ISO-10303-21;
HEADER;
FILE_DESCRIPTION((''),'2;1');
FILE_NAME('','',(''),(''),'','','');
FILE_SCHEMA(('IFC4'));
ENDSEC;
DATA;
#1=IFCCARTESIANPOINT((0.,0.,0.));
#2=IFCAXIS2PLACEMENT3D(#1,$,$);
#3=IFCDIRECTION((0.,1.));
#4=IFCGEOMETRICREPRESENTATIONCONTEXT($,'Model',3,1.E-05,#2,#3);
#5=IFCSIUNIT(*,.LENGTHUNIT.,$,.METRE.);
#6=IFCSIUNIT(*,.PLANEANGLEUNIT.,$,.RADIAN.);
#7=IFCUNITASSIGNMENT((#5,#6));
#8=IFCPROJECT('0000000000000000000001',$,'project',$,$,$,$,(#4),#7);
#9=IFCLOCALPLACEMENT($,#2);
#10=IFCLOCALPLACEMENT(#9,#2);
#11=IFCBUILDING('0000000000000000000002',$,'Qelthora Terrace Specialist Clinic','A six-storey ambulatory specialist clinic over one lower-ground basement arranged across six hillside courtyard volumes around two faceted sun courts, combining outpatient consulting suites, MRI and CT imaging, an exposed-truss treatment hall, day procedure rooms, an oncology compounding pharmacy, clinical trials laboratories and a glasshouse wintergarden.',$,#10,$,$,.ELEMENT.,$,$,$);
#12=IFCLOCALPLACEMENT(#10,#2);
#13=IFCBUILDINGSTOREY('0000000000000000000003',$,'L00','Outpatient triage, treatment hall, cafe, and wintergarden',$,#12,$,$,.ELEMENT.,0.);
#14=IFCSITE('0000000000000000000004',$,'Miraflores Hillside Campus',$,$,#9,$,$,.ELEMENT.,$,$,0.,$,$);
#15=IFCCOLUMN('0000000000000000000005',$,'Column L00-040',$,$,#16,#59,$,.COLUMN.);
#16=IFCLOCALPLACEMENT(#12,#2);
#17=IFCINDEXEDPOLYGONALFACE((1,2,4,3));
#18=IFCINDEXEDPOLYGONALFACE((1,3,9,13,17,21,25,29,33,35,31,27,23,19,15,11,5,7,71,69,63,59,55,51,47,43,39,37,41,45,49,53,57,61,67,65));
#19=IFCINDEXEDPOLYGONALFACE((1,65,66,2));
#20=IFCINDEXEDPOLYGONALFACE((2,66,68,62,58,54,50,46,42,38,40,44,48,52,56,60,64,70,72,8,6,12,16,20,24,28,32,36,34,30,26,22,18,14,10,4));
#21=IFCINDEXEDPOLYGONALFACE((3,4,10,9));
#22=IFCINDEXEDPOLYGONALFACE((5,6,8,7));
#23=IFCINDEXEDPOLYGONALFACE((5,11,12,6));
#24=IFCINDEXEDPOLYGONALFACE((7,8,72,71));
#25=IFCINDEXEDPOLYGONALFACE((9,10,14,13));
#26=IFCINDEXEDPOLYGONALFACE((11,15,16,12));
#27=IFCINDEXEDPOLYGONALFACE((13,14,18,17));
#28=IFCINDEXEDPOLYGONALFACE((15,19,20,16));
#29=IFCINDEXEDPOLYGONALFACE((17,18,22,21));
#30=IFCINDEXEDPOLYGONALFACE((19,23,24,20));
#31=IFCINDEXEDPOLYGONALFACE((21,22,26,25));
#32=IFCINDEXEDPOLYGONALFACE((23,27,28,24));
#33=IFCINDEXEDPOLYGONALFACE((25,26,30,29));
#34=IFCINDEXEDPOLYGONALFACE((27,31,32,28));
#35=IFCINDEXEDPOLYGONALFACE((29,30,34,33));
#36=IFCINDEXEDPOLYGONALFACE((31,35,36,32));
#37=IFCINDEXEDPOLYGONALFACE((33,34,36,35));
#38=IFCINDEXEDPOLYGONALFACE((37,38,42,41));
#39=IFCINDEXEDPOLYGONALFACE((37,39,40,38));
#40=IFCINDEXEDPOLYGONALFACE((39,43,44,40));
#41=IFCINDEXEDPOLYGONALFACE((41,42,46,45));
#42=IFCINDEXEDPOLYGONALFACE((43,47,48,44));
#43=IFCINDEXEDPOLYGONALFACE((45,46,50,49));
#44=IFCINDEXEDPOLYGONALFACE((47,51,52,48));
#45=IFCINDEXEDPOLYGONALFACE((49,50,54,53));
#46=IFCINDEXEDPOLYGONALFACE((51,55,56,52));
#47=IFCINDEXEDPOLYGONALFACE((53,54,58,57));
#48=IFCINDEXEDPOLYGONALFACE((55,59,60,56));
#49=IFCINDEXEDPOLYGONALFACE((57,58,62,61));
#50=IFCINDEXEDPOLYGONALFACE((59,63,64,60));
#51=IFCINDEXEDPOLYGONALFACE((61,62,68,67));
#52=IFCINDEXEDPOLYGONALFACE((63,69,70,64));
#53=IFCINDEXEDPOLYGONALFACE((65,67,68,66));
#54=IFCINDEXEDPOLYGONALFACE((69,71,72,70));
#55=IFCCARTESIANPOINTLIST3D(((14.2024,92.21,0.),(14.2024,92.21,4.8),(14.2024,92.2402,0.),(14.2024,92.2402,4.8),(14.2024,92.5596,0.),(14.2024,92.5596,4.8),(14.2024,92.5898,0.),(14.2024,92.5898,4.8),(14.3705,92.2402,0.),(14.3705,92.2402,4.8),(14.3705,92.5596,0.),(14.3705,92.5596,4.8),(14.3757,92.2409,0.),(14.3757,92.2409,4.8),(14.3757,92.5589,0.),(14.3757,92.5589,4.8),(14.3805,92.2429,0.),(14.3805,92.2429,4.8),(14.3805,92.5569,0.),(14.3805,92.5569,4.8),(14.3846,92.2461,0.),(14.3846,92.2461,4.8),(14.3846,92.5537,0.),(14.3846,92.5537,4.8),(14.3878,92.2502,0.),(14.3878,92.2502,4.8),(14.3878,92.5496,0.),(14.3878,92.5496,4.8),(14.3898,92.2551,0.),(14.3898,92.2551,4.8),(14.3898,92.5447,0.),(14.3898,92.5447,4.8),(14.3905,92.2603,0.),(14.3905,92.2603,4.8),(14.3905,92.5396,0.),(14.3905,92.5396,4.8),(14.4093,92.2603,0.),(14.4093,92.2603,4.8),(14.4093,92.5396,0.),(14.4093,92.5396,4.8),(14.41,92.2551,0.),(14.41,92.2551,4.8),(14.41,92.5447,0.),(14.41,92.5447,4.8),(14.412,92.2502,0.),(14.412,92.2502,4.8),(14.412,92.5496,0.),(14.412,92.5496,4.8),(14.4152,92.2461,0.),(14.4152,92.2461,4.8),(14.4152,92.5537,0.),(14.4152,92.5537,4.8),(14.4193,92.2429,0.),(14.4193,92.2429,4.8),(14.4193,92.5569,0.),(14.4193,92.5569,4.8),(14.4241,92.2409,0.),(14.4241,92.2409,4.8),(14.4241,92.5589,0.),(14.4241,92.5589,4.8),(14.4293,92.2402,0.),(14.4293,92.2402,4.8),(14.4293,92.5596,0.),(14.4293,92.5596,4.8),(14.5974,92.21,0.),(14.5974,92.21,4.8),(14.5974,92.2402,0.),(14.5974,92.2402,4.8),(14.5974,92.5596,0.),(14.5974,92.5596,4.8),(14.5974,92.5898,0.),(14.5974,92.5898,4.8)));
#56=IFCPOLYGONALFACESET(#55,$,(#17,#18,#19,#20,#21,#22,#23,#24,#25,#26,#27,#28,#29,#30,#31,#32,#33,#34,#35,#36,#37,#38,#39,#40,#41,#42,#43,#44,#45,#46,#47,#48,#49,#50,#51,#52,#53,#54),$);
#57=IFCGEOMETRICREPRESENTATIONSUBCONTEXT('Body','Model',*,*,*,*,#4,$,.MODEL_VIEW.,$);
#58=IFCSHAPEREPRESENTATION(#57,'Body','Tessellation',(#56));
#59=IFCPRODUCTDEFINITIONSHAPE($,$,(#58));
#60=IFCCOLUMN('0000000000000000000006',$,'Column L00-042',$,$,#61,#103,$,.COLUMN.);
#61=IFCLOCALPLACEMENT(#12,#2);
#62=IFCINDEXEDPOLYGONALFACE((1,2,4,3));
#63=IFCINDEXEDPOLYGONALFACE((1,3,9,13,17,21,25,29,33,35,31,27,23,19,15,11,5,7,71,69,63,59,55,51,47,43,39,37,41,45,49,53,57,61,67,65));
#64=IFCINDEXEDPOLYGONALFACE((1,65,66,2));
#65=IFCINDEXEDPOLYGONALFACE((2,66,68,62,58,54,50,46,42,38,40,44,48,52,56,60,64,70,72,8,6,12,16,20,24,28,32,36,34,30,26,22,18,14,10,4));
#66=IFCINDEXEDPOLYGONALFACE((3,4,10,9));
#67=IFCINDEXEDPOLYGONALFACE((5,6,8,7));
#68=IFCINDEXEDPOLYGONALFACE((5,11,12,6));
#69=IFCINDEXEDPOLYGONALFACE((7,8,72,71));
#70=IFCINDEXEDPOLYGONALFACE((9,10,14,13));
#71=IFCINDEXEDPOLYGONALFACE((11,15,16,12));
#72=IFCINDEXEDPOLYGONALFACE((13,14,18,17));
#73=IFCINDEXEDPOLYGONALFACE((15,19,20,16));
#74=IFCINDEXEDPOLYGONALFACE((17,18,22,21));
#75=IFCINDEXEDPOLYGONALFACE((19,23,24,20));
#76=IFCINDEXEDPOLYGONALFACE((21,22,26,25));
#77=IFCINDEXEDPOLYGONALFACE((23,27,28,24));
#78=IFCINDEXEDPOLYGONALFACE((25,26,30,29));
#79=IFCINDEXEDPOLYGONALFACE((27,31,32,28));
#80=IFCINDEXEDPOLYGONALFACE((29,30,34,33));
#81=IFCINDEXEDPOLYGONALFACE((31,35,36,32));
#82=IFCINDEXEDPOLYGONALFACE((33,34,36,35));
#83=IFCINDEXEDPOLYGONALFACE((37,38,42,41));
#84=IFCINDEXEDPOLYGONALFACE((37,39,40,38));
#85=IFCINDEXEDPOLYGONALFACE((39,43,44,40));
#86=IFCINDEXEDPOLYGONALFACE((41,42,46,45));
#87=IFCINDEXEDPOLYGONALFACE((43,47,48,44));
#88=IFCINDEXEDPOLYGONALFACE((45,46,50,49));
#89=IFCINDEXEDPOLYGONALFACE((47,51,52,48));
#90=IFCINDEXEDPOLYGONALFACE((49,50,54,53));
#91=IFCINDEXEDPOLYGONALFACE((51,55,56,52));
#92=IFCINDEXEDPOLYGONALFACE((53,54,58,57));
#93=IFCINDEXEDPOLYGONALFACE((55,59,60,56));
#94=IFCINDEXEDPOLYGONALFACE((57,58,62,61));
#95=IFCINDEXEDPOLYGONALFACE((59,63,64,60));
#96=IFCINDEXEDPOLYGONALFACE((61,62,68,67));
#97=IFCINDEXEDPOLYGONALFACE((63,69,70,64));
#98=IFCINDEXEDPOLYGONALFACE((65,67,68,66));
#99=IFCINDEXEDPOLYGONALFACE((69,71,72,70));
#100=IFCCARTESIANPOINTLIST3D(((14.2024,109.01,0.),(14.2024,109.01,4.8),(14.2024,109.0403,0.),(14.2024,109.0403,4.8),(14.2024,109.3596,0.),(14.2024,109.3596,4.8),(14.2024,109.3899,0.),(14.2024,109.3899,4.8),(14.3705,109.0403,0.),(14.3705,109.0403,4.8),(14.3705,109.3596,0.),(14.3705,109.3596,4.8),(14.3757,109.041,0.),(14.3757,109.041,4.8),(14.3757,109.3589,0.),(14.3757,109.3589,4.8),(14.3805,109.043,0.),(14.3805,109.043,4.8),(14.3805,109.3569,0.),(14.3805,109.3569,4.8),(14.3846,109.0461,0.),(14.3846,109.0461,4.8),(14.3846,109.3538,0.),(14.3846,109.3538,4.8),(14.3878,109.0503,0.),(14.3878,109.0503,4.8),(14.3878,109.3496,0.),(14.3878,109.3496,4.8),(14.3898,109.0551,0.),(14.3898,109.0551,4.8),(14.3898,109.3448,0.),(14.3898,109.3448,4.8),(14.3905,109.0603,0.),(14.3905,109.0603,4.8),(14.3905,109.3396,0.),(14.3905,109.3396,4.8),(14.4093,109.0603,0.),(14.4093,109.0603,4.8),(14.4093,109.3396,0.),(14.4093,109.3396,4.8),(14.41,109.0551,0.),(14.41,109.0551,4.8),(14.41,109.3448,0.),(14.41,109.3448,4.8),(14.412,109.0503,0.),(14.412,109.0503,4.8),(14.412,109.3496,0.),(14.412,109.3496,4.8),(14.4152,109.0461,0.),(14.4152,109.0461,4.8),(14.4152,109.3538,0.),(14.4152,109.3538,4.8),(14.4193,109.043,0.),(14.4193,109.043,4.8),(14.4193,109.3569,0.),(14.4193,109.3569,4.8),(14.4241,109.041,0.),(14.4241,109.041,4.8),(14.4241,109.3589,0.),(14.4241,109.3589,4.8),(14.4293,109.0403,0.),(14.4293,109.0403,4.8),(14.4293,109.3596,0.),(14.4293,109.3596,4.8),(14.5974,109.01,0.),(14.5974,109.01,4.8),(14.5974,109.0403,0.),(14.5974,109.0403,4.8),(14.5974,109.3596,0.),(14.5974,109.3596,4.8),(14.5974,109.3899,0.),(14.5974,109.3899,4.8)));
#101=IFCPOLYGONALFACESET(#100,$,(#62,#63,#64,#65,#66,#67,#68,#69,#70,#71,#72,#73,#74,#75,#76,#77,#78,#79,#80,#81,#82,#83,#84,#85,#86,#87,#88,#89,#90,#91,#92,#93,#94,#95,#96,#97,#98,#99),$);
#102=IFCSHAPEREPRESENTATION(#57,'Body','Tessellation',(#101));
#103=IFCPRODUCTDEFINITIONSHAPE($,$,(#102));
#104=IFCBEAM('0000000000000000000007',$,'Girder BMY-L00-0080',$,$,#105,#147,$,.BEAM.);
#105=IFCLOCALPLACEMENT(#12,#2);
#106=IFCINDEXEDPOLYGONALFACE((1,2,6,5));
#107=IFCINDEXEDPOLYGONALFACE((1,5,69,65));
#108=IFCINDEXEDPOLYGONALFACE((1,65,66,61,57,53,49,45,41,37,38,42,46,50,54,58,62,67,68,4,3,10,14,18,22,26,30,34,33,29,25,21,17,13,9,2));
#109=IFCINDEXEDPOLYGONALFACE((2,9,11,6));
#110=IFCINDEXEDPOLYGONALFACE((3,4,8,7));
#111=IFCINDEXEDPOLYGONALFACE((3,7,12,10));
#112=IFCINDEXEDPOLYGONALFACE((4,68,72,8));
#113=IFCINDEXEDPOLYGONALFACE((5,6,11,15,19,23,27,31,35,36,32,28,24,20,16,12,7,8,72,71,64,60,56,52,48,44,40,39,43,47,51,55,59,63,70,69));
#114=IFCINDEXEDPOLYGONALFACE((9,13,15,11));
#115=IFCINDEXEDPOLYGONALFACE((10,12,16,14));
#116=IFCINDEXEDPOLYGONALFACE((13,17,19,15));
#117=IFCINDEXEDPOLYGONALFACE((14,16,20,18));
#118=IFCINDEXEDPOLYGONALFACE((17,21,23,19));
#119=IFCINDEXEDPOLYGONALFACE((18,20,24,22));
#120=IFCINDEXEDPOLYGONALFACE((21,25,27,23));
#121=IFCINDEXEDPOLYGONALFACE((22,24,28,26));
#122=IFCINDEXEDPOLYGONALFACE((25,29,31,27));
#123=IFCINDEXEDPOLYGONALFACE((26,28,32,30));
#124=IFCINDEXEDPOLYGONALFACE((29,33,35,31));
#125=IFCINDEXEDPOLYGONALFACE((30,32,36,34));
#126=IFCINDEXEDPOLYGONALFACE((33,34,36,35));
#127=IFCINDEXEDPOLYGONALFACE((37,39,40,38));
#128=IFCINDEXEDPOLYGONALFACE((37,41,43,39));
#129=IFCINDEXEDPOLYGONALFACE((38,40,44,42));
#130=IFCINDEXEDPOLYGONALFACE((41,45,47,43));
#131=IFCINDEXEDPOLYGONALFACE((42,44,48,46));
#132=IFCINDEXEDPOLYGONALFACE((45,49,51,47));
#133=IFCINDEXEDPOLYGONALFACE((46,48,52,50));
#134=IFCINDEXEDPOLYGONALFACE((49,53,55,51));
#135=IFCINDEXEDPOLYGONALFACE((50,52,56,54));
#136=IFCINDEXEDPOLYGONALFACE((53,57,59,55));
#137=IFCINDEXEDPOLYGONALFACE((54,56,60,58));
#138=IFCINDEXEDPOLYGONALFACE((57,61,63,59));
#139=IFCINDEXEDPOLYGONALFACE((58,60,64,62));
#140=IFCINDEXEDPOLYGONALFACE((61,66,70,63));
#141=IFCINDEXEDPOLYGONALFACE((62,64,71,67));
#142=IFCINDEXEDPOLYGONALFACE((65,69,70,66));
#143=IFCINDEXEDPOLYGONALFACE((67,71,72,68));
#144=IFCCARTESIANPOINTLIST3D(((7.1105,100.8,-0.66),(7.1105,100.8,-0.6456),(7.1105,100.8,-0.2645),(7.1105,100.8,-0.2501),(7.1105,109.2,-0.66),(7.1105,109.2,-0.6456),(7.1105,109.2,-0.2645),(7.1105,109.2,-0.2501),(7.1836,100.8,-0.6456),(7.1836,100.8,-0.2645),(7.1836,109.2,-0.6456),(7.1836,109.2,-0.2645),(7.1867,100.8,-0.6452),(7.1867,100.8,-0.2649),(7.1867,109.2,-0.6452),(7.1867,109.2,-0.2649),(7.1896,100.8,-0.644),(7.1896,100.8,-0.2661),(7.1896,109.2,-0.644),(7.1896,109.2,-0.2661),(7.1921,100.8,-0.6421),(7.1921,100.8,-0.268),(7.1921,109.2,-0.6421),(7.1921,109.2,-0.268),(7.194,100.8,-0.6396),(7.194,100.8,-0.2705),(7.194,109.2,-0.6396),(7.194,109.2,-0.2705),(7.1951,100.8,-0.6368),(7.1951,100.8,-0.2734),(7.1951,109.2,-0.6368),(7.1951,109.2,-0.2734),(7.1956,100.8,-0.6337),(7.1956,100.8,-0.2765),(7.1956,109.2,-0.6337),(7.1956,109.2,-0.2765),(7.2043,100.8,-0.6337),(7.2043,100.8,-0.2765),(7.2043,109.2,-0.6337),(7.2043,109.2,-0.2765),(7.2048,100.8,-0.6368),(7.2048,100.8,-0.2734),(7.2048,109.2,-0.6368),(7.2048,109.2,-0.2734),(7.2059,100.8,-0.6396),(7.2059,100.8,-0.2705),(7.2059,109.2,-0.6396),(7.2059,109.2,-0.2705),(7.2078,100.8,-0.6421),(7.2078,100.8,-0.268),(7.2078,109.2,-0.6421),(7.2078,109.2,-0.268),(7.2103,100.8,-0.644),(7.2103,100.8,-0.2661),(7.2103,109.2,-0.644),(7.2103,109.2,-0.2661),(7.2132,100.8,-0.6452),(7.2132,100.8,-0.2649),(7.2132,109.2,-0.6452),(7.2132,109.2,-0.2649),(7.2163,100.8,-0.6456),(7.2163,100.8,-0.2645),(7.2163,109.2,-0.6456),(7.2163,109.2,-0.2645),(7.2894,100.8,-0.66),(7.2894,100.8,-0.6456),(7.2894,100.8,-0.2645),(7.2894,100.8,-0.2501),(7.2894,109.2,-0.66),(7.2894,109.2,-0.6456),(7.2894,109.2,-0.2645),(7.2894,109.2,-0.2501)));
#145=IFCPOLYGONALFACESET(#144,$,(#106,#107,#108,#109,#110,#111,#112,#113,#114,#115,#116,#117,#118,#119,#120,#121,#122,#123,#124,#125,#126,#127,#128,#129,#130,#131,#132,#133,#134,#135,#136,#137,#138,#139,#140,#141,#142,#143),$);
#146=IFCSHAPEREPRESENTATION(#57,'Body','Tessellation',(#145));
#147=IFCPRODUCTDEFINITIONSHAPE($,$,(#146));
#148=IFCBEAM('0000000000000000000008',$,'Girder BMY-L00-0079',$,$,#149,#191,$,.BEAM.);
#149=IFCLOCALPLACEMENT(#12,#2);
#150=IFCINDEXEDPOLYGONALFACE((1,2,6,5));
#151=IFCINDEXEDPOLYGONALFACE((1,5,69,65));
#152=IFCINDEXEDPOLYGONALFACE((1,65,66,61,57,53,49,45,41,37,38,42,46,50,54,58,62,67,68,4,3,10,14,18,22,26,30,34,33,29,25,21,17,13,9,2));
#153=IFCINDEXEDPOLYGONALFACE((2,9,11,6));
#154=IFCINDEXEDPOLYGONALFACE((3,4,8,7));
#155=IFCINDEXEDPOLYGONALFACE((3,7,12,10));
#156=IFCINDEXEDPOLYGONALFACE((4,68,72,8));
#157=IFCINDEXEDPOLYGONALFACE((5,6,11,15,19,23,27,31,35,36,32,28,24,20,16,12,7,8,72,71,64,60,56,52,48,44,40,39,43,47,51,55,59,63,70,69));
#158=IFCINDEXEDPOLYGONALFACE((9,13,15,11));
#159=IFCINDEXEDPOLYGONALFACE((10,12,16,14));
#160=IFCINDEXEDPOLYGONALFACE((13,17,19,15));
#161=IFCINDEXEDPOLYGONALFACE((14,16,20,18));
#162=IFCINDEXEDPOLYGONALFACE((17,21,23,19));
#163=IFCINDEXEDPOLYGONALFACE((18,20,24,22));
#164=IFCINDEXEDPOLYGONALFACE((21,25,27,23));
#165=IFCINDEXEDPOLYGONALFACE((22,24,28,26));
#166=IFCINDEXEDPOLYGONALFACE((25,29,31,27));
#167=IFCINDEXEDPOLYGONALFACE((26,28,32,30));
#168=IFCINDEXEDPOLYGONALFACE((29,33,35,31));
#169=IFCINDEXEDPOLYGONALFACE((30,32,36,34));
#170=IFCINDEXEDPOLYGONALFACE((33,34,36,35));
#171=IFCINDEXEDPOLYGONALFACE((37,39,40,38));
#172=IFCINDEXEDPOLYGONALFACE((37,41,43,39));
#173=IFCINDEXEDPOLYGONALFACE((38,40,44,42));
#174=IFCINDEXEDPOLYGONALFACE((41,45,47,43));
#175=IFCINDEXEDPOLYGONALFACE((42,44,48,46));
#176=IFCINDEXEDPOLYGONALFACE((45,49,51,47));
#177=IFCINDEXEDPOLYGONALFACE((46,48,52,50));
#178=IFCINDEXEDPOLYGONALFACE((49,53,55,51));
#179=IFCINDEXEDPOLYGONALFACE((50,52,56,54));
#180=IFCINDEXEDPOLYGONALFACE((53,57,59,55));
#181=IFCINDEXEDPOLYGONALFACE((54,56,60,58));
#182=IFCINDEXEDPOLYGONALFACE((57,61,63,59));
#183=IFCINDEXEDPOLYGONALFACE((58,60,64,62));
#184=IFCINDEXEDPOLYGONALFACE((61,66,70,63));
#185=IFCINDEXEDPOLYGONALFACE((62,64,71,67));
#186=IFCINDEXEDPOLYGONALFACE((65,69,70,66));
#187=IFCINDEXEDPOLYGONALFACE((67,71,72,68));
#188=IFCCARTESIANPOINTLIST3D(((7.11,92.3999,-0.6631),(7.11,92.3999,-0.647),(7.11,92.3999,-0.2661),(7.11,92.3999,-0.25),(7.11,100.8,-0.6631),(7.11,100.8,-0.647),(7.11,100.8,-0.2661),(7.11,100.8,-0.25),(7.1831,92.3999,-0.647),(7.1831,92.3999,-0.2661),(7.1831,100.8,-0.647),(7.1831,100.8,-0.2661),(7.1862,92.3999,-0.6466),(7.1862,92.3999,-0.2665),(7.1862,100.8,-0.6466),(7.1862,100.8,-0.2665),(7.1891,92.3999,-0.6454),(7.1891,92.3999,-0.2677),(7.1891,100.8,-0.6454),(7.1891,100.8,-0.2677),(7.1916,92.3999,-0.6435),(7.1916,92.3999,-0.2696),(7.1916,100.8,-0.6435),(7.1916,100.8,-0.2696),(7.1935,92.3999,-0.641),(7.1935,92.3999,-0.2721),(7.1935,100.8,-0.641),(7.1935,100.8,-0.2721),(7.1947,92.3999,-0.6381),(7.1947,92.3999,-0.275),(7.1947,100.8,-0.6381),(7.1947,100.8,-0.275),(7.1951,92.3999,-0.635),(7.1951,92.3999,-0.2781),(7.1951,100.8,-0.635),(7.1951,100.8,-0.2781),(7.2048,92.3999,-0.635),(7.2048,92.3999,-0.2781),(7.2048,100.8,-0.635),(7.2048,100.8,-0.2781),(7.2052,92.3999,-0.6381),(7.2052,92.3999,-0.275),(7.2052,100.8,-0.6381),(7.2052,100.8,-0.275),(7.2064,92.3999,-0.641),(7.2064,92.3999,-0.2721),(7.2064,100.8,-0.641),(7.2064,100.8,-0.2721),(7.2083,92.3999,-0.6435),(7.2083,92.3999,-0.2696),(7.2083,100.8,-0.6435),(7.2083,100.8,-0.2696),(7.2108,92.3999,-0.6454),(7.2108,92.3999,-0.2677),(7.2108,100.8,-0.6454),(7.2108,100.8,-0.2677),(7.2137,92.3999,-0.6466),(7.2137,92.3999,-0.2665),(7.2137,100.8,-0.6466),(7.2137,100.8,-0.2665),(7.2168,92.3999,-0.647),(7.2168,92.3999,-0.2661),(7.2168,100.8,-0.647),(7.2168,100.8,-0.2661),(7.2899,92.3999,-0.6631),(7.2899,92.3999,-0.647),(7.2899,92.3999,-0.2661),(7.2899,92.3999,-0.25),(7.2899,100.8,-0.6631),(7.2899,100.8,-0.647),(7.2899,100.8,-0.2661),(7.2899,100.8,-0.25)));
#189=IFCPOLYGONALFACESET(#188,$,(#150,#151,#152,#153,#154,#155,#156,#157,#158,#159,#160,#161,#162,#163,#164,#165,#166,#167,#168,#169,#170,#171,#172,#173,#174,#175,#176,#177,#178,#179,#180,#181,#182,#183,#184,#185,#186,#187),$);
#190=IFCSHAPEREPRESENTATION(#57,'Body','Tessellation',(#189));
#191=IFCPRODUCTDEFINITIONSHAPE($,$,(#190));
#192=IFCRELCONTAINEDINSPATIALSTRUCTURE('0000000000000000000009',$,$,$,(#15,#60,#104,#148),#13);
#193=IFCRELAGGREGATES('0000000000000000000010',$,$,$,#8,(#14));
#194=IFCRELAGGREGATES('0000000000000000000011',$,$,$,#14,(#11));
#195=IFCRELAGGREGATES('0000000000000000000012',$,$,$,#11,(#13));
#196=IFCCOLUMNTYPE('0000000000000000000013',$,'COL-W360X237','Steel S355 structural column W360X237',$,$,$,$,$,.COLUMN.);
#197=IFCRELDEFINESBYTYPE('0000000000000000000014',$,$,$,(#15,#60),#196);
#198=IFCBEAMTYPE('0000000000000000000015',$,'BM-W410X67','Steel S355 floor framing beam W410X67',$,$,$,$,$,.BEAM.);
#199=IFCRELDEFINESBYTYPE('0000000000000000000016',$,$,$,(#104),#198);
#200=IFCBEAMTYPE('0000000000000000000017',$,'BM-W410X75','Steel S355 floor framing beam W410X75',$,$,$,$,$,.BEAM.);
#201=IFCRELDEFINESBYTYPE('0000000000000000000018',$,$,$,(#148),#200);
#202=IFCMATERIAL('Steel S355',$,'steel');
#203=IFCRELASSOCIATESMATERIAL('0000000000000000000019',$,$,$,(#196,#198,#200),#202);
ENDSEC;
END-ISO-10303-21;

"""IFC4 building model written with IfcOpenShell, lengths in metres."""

from ifc_helpers import new_model, si_unit, direction, frame, origin, origin_2d, place, context, subcontext, project, spatial, i_section, extrude, material, material_profile, profile_set, type_object, element, save


model = new_model("IFC4")

# Units and contexts
model_context = context("Model", 3, precision=1e-05, world=origin(), true_north=direction((0.0, 1.0)))
body_context = subcontext(model_context, "Body", "Model", "MODEL_VIEW")
ifc_project = project(units=[si_unit("LENGTHUNIT", "METRE"), si_unit("PLANEANGLEUNIT", "RADIAN")], contexts=[model_context])

# Site, building, storey
site_placement = place(None, origin())
site = spatial("IfcSite", under=ifc_project, at=site_placement, Name="Miraflores Hillside Campus", CompositionType="ELEMENT", RefElevation=0.0)
building_placement = place(site_placement, origin())
building = spatial("IfcBuilding", under=site, at=building_placement, Name="Qelthora Terrace Specialist Clinic", Description="A six-storey ambulatory specialist clinic over one lower-ground basement arranged across six hillside courtyard volumes around two faceted sun courts, combining outpatient consulting suites, MRI and CT imaging, an exposed-truss treatment hall, day procedure rooms, an oncology compounding pharmacy, clinical trials laboratories and a glasshouse wintergarden.", CompositionType="ELEMENT")
storey_placement = place(building_placement, origin())
storey = spatial("IfcBuildingStorey", under=building, at=storey_placement, Name="L00", Description="Outpatient triage, treatment hall, cafe, and wintergarden", CompositionType="ELEMENT", Elevation=0.0)

# Columns
ifc_material_1 = material(Name="Steel S355", Category="steel")
ifc_material_profile_1 = material_profile(ifc_material_1, i_section(OverallWidth=0.395, OverallDepth=0.3799, WebThickness=0.0188, FlangeThickness=0.0303, FilletRadius=0.02, at=origin_2d()), Name="W360X237")
ifc_profile_set_1 = profile_set([ifc_material_profile_1], Name="Steel S355")
column_type_1 = type_object("IfcColumnType", Name="COL-W360X237", Description="Steel S355 structural column W360X237", PredefinedType="COLUMN", material=ifc_profile_set_1)
for number, where, z_axis, x_axis, name in (
    (1, (14.3999, 92.3999, 0.0), (0.0, 0.0, 1.0), (1.0, 0.0, 0.0), "Column L00-040"),
    (2, (14.3999, 109.2, 0.0), (0.0, 0.0, 1.0), (1.0, 0.0, 0.0), "Column L00-042"),
):
    element("IfcColumn", number, at=place(storey_placement, frame(where, z_axis=z_axis, x_axis=x_axis)), inside=storey, type_object=column_type_1, Name=name, PredefinedType="COLUMN", context=body_context, shape_type="SweptSolid", body=[
        extrude(i_section(OverallWidth=0.395, OverallDepth=0.3799, WebThickness=0.0188, FlangeThickness=0.0303, FilletRadius=0.02, at=origin_2d()), origin(), (0.0, 0.0, 1.0), 4.8),
    ])

# Beams
ifc_material_profile_2 = material_profile(ifc_material_1, i_section(OverallWidth=0.179, OverallDepth=0.4099, WebThickness=0.0088, FlangeThickness=0.0144, FilletRadius=0.012, at=origin_2d()), Name="W410X67")
ifc_profile_set_2 = profile_set([ifc_material_profile_2], Name="Steel S355")
beam_type_1 = type_object("IfcBeamType", Name="BM-W410X67", Description="Steel S355 floor framing beam W410X67", PredefinedType="BEAM", material=ifc_profile_set_2)
beam_1_placement = place(storey_placement, frame((7.2, 100.8, -0.4551), z_axis=(0.0, 1.0, 0.0), x_axis=(-1.0, 0.0, 0.0)))
element("IfcBeam", 3, at=beam_1_placement, inside=storey, type_object=beam_type_1, Name="Girder BMY-L00-0080", PredefinedType="BEAM", context=body_context, shape_type="SweptSolid", body=[
    extrude(i_section(OverallWidth=0.179, OverallDepth=0.4099, WebThickness=0.0088, FlangeThickness=0.0144, FilletRadius=0.012, at=origin_2d()), origin(), (0.0, 0.0, 1.0), 8.3999),
])
ifc_material_profile_3 = material_profile(ifc_material_1, i_section(OverallWidth=0.1799, OverallDepth=0.4131, WebThickness=0.0098, FlangeThickness=0.0161, FilletRadius=0.012, at=origin_2d()), Name="W410X75")
ifc_profile_set_3 = profile_set([ifc_material_profile_3], Name="Steel S355")
beam_type_2 = type_object("IfcBeamType", Name="BM-W410X75", Description="Steel S355 floor framing beam W410X75", PredefinedType="BEAM", material=ifc_profile_set_3)
beam_2_placement = place(storey_placement, frame((7.2, 92.3999, -0.4565), z_axis=(0.0, 1.0, 0.0), x_axis=(-1.0, 0.0, 0.0)))
element("IfcBeam", 4, at=beam_2_placement, inside=storey, type_object=beam_type_2, Name="Girder BMY-L00-0079", PredefinedType="BEAM", context=body_context, shape_type="SweptSolid", body=[
    extrude(i_section(OverallWidth=0.1799, OverallDepth=0.4131, WebThickness=0.0098, FlangeThickness=0.0161, FilletRadius=0.012, at=origin_2d()), origin(), (0.0, 0.0, 1.0), 8.4001),
])

save(model, "model.ifc")
